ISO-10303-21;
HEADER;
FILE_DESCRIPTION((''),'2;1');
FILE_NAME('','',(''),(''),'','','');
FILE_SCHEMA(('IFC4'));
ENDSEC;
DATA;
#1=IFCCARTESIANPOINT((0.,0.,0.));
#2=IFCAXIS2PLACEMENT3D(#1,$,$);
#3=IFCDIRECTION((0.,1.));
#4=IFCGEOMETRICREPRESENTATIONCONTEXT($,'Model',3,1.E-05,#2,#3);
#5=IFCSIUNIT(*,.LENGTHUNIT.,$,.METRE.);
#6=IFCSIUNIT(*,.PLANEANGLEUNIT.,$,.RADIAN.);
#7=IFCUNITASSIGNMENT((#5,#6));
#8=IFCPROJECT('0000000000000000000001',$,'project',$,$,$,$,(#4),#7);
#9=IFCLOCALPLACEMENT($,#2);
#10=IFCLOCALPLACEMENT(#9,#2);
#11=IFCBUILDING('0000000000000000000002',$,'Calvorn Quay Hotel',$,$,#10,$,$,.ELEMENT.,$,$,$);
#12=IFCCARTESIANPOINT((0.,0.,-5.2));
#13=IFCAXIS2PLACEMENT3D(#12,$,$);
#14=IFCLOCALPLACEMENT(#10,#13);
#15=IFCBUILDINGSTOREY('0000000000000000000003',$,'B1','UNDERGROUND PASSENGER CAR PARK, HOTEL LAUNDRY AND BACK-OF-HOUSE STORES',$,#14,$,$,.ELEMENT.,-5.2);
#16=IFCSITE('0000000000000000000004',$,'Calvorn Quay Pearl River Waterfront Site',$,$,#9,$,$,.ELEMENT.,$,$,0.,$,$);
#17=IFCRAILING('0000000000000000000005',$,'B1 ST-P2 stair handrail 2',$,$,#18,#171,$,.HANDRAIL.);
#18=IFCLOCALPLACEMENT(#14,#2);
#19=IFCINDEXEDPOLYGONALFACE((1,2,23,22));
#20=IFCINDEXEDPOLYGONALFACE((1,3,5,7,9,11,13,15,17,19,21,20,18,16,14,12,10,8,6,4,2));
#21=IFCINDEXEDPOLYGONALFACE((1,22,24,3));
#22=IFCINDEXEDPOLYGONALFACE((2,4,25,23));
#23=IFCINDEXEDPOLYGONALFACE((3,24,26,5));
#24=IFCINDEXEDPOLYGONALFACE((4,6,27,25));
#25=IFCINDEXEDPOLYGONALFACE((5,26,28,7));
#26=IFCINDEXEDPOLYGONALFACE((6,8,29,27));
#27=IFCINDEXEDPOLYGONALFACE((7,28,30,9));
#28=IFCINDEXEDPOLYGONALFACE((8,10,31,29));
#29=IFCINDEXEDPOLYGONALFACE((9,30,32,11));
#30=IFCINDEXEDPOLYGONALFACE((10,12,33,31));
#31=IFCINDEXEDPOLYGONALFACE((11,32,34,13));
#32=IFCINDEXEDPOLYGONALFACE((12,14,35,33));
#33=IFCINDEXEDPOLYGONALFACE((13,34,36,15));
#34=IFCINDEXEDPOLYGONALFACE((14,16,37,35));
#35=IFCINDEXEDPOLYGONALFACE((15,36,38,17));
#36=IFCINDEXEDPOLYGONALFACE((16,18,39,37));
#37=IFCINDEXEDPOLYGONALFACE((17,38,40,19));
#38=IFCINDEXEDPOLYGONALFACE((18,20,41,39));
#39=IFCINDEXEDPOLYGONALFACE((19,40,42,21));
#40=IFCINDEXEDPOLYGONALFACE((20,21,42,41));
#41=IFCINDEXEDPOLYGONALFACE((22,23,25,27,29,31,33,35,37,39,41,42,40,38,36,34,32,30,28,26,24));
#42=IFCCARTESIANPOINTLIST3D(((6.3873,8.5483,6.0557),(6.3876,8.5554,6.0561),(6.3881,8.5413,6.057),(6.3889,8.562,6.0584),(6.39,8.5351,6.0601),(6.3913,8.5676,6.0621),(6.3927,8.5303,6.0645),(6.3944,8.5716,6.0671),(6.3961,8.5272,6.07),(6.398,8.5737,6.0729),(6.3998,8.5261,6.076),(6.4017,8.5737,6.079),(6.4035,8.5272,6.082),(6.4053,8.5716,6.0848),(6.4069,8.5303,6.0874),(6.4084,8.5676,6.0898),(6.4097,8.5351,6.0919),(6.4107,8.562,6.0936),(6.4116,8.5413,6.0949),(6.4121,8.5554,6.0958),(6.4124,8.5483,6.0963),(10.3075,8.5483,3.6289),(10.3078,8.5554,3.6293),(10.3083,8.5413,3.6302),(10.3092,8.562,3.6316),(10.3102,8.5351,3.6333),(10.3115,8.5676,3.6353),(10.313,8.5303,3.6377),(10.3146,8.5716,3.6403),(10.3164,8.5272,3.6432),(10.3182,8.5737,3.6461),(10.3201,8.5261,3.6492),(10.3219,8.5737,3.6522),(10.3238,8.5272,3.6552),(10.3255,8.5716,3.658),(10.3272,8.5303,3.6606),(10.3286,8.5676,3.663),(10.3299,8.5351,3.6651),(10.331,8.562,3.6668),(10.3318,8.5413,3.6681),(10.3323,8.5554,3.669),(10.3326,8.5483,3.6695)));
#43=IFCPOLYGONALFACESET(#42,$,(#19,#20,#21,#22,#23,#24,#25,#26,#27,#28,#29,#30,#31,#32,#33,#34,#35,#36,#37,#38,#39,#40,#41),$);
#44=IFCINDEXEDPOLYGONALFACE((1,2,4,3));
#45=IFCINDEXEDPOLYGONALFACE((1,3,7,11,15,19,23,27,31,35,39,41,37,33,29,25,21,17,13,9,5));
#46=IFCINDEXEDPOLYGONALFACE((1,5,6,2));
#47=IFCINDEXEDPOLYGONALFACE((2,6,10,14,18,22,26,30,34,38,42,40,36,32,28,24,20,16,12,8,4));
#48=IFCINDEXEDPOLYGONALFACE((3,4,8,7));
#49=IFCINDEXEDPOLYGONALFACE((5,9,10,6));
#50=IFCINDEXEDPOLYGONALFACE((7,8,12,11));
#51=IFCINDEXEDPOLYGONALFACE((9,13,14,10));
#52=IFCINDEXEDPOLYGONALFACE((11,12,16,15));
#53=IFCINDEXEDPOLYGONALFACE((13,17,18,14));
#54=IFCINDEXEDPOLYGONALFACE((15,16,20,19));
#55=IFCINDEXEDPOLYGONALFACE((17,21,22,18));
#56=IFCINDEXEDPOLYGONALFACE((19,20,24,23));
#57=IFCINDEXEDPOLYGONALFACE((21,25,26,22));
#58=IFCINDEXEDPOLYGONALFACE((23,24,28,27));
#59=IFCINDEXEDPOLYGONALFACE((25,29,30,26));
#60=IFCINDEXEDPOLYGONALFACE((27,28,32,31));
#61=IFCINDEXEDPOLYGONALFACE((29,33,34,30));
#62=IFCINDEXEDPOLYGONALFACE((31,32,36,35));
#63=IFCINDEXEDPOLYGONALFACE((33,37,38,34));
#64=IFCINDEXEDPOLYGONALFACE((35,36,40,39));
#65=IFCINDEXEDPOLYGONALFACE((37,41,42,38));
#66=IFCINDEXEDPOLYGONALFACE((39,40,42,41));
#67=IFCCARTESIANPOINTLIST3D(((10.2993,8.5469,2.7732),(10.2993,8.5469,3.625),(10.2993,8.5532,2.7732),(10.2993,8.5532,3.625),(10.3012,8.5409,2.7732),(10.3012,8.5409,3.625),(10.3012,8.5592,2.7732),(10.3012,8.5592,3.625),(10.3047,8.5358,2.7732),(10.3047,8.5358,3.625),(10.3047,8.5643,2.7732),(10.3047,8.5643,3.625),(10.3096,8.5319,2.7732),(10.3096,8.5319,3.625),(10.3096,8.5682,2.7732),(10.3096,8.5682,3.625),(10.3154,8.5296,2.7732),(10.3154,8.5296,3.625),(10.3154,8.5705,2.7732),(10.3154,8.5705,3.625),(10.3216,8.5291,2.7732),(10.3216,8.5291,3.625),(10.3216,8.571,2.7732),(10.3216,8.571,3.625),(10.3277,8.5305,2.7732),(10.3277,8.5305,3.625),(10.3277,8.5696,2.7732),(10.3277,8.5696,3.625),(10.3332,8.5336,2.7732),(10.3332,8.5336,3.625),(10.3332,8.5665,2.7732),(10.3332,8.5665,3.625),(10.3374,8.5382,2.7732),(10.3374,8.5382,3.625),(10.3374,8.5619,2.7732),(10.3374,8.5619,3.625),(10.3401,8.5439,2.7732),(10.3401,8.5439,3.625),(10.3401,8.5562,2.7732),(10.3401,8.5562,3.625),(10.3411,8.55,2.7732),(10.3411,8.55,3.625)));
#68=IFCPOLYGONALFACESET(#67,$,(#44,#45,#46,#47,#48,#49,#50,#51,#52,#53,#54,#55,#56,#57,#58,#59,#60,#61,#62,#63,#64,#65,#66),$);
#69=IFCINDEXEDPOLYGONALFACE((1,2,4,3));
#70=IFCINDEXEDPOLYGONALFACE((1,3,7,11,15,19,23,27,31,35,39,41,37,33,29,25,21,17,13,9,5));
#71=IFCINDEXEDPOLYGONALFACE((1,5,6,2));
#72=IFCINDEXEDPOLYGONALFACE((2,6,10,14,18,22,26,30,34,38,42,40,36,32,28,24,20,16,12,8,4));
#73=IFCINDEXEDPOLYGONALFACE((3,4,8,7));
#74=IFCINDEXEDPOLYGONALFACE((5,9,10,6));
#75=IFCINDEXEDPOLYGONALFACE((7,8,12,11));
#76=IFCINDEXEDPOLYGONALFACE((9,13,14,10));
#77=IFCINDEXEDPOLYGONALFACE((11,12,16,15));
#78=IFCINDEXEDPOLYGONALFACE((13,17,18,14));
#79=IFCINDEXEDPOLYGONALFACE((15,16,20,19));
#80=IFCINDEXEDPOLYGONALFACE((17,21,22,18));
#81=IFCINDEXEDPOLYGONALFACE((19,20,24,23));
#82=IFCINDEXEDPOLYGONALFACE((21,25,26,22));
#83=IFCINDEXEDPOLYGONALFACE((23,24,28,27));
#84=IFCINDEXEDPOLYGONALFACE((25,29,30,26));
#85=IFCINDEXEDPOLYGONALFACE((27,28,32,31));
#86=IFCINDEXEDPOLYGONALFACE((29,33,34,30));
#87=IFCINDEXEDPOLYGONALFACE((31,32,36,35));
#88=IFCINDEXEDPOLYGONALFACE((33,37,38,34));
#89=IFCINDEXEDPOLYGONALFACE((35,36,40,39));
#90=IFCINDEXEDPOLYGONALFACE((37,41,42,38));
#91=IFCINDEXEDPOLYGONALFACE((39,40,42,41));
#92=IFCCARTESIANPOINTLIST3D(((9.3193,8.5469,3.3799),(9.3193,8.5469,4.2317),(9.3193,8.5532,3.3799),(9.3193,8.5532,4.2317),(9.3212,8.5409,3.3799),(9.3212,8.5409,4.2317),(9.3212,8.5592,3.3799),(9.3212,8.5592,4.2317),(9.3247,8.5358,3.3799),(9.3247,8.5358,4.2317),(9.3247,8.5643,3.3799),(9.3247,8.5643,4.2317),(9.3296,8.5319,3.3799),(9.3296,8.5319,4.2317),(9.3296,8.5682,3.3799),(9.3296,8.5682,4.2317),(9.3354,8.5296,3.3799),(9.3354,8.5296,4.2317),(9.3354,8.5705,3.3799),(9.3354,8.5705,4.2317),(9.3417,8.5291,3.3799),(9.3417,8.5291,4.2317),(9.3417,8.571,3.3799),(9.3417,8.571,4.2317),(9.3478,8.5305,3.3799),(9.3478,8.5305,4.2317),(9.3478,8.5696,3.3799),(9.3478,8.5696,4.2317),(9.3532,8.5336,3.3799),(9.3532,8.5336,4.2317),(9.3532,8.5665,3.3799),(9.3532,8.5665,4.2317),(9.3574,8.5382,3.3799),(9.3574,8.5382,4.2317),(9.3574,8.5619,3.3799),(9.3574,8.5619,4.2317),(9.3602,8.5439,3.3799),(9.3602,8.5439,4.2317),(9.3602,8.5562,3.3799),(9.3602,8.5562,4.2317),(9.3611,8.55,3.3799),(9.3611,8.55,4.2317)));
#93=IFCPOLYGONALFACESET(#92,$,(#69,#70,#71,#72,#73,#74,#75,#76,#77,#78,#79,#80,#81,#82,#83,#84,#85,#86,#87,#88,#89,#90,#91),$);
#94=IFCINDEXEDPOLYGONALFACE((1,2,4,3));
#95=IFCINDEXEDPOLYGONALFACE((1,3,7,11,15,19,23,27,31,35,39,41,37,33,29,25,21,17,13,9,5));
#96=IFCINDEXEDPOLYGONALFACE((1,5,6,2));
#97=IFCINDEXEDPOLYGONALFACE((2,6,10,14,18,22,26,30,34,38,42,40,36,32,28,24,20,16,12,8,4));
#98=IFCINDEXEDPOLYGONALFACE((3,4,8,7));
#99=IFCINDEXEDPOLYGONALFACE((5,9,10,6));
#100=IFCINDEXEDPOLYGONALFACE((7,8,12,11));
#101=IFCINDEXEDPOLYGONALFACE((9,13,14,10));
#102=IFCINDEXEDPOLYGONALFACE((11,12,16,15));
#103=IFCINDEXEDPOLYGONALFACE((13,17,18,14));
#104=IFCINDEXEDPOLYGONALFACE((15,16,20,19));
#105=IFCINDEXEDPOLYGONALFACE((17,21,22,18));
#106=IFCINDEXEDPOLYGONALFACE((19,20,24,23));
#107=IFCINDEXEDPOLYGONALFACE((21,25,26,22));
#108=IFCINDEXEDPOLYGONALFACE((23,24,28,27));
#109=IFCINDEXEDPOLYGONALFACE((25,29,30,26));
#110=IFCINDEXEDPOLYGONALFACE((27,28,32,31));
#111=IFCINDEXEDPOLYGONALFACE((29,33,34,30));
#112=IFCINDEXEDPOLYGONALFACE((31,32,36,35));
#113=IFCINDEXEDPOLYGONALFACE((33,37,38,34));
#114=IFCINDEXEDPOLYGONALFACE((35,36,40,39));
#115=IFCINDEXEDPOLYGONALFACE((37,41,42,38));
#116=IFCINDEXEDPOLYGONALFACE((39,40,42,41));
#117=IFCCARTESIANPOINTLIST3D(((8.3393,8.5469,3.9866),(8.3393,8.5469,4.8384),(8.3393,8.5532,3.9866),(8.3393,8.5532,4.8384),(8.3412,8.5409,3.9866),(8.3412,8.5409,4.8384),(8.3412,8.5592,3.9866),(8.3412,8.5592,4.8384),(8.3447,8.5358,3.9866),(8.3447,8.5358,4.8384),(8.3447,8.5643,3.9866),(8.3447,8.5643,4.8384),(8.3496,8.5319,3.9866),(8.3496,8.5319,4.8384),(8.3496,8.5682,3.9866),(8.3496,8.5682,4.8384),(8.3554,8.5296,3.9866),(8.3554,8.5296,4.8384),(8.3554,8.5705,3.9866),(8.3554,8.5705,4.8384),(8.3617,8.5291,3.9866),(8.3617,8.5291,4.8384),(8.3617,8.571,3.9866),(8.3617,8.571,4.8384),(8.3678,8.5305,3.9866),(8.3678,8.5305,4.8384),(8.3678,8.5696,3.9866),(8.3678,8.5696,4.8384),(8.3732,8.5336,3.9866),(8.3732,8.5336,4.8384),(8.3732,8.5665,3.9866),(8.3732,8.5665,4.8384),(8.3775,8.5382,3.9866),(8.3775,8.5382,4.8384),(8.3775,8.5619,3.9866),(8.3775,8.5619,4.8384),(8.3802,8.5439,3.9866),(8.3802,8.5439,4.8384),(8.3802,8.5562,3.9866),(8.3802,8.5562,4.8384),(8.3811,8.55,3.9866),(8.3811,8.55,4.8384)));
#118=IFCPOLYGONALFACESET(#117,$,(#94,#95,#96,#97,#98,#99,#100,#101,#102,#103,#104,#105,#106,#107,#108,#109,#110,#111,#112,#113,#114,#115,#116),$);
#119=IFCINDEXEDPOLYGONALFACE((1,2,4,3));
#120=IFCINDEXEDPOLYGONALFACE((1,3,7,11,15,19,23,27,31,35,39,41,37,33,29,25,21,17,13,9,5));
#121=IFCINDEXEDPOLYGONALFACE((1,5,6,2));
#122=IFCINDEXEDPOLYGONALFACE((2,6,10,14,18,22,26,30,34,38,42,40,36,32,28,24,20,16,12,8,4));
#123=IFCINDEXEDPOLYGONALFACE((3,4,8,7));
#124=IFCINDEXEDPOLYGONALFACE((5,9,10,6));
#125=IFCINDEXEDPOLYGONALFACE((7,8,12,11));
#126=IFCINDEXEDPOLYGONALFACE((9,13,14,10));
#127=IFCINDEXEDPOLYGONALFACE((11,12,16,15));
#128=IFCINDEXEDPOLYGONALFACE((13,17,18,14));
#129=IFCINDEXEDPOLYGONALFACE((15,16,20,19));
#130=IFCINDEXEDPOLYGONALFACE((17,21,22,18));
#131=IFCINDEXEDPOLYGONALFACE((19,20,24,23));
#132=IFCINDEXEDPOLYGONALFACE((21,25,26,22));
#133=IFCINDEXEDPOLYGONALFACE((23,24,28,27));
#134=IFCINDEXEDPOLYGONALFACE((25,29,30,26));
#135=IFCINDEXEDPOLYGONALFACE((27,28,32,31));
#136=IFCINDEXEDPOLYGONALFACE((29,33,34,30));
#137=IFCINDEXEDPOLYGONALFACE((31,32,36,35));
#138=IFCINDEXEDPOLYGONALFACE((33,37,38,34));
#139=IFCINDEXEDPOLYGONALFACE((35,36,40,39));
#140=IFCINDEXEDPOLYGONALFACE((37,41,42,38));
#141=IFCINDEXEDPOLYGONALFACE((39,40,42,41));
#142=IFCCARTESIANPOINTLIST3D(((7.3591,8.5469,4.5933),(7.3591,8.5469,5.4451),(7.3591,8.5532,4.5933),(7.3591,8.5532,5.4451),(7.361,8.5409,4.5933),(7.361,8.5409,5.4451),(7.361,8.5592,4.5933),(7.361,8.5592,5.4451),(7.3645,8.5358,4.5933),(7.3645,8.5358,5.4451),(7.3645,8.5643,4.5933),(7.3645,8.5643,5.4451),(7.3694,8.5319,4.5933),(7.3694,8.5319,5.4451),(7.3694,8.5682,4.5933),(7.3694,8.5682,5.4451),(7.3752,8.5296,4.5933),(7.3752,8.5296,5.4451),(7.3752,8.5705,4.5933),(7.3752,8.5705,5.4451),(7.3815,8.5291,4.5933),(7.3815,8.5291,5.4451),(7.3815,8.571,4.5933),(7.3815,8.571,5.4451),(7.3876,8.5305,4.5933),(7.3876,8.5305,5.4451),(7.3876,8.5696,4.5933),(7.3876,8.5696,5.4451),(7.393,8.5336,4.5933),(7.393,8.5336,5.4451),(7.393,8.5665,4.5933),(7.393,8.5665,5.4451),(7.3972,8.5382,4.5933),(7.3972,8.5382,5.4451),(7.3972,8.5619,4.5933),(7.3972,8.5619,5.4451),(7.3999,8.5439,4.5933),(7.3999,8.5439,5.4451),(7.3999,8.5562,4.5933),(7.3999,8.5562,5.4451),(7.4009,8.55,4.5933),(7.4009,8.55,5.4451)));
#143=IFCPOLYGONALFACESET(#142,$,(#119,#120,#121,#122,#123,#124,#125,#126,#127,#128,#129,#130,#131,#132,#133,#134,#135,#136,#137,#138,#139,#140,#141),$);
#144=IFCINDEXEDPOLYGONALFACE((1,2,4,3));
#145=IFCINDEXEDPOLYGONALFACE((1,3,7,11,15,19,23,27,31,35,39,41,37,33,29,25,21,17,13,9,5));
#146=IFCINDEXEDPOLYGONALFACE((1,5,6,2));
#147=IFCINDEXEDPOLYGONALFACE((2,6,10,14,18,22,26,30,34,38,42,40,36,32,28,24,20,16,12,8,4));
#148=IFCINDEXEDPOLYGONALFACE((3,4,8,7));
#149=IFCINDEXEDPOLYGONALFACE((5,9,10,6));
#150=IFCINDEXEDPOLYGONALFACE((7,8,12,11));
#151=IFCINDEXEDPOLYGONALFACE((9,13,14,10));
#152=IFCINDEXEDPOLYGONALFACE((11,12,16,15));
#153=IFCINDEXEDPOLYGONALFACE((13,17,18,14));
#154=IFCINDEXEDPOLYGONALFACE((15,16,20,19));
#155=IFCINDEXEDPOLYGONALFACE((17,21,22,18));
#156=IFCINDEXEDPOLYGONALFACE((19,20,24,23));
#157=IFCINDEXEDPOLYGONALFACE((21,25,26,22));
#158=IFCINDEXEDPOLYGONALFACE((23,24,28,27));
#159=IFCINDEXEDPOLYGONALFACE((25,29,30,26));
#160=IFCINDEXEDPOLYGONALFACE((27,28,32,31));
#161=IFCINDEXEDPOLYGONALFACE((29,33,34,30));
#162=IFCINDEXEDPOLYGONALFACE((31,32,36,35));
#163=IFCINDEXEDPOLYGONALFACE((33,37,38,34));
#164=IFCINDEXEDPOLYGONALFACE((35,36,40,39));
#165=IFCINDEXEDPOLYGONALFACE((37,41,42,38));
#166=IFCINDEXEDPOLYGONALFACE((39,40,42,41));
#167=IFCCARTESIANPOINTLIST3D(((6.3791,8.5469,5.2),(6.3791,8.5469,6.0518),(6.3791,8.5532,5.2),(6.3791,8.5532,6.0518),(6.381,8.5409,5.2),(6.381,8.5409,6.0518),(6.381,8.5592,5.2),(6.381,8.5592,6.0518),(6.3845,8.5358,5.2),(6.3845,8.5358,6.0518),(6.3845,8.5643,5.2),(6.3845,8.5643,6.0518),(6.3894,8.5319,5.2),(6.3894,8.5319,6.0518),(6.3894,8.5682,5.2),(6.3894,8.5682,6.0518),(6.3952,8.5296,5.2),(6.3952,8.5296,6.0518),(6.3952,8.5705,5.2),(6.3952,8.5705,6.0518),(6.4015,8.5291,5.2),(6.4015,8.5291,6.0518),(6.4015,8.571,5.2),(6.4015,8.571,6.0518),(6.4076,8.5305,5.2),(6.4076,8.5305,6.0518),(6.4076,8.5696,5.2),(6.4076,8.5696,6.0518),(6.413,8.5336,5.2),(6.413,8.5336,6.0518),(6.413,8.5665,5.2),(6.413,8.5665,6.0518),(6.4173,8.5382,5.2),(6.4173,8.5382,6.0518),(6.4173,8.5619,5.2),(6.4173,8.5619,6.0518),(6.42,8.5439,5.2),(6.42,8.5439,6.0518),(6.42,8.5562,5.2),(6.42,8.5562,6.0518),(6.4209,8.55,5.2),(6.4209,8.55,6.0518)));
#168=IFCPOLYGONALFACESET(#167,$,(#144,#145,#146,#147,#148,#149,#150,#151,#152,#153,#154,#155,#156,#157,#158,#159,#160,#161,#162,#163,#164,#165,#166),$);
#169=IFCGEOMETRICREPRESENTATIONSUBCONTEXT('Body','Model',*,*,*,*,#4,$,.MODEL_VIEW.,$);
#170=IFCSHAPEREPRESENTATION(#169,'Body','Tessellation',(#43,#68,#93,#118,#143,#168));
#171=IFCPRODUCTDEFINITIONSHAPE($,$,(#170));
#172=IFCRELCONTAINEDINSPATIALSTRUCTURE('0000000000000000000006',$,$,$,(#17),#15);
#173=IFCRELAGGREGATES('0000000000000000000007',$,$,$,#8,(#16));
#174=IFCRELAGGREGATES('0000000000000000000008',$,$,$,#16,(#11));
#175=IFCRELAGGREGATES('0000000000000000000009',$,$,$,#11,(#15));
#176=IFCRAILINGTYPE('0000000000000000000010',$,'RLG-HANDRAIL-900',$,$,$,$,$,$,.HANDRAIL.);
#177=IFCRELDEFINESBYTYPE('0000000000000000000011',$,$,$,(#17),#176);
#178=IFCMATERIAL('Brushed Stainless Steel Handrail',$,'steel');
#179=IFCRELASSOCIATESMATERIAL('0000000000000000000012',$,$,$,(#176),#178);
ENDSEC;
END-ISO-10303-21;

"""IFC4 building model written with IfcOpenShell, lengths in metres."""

from ifc_helpers import new_model, si_unit, direction, frame, origin, origin_2d, place, context, subcontext, project, spatial, circle, extrude, material, type_object, element, save


model = new_model("IFC4")

# Units and contexts
model_context = context("Model", 3, precision=1e-05, world=origin(), true_north=direction((0.0, 1.0)))
body_context = subcontext(model_context, "Body", "Model", "MODEL_VIEW")
ifc_project = project(units=[si_unit("LENGTHUNIT", "METRE"), si_unit("PLANEANGLEUNIT", "RADIAN")], contexts=[model_context])

# Site, building, storey
site_placement = place(None, origin())
site = spatial("IfcSite", under=ifc_project, at=site_placement, Name="Calvorn Quay Pearl River Waterfront Site", CompositionType="ELEMENT", RefElevation=0.0)
building_placement = place(site_placement, origin())
building = spatial("IfcBuilding", under=site, at=building_placement, Name="Calvorn Quay Hotel", CompositionType="ELEMENT")
storey_placement = place(building_placement, frame((0.0, 0.0, -5.2)))
storey = spatial("IfcBuildingStorey", under=building, at=storey_placement, Name="B1", Description="UNDERGROUND PASSENGER CAR PARK, HOTEL LAUNDRY AND BACK-OF-HOUSE STORES", CompositionType="ELEMENT", Elevation=-5.2)

# Railing
ifc_material_1 = material(Name="Brushed Stainless Steel Handrail", Category="steel")
railing_type_1 = type_object("IfcRailingType", Name="RLG-HANDRAIL-900", PredefinedType="HANDRAIL", material=ifc_material_1)
railing_1_placement = place(storey_placement, frame((10.3201, 8.55, 2.7732)))
element("IfcRailing", 1, at=railing_1_placement, inside=storey, type_object=railing_type_1, Name="B1 ST-P2 stair handrail 2", PredefinedType="HANDRAIL", context=body_context, shape_type="SweptSolid", body=[
    extrude(circle(Radius=0.0239, at=origin_2d()), frame((0.0, 0.0, 0.876), z_axis=(-0.850266, 0.0, 0.526353), x_axis=(0.0, -1.0, 0.0)), (0.0, 0.0, 1.0), 4.6106),
    extrude(circle(Radius=0.021, at=origin_2d()), origin(), (0.0, 0.0, 1.0), 0.8518),
    extrude(circle(Radius=0.021, at=origin_2d()), frame((-0.98, 0.0, 0.6067)), (0.0, 0.0, 1.0), 0.8518),
    extrude(circle(Radius=0.021, at=origin_2d()), frame((-1.96, 0.0, 1.2134)), (0.0, 0.0, 1.0), 0.8518),
    extrude(circle(Radius=0.021, at=origin_2d()), frame((-2.9402, 0.0, 1.8201)), (0.0, 0.0, 1.0), 0.8518),
    extrude(circle(Radius=0.021, at=origin_2d()), frame((-3.9202, 0.0, 2.4268)), (0.0, 0.0, 1.0), 0.8518),
])

save(model, "model.ifc")
